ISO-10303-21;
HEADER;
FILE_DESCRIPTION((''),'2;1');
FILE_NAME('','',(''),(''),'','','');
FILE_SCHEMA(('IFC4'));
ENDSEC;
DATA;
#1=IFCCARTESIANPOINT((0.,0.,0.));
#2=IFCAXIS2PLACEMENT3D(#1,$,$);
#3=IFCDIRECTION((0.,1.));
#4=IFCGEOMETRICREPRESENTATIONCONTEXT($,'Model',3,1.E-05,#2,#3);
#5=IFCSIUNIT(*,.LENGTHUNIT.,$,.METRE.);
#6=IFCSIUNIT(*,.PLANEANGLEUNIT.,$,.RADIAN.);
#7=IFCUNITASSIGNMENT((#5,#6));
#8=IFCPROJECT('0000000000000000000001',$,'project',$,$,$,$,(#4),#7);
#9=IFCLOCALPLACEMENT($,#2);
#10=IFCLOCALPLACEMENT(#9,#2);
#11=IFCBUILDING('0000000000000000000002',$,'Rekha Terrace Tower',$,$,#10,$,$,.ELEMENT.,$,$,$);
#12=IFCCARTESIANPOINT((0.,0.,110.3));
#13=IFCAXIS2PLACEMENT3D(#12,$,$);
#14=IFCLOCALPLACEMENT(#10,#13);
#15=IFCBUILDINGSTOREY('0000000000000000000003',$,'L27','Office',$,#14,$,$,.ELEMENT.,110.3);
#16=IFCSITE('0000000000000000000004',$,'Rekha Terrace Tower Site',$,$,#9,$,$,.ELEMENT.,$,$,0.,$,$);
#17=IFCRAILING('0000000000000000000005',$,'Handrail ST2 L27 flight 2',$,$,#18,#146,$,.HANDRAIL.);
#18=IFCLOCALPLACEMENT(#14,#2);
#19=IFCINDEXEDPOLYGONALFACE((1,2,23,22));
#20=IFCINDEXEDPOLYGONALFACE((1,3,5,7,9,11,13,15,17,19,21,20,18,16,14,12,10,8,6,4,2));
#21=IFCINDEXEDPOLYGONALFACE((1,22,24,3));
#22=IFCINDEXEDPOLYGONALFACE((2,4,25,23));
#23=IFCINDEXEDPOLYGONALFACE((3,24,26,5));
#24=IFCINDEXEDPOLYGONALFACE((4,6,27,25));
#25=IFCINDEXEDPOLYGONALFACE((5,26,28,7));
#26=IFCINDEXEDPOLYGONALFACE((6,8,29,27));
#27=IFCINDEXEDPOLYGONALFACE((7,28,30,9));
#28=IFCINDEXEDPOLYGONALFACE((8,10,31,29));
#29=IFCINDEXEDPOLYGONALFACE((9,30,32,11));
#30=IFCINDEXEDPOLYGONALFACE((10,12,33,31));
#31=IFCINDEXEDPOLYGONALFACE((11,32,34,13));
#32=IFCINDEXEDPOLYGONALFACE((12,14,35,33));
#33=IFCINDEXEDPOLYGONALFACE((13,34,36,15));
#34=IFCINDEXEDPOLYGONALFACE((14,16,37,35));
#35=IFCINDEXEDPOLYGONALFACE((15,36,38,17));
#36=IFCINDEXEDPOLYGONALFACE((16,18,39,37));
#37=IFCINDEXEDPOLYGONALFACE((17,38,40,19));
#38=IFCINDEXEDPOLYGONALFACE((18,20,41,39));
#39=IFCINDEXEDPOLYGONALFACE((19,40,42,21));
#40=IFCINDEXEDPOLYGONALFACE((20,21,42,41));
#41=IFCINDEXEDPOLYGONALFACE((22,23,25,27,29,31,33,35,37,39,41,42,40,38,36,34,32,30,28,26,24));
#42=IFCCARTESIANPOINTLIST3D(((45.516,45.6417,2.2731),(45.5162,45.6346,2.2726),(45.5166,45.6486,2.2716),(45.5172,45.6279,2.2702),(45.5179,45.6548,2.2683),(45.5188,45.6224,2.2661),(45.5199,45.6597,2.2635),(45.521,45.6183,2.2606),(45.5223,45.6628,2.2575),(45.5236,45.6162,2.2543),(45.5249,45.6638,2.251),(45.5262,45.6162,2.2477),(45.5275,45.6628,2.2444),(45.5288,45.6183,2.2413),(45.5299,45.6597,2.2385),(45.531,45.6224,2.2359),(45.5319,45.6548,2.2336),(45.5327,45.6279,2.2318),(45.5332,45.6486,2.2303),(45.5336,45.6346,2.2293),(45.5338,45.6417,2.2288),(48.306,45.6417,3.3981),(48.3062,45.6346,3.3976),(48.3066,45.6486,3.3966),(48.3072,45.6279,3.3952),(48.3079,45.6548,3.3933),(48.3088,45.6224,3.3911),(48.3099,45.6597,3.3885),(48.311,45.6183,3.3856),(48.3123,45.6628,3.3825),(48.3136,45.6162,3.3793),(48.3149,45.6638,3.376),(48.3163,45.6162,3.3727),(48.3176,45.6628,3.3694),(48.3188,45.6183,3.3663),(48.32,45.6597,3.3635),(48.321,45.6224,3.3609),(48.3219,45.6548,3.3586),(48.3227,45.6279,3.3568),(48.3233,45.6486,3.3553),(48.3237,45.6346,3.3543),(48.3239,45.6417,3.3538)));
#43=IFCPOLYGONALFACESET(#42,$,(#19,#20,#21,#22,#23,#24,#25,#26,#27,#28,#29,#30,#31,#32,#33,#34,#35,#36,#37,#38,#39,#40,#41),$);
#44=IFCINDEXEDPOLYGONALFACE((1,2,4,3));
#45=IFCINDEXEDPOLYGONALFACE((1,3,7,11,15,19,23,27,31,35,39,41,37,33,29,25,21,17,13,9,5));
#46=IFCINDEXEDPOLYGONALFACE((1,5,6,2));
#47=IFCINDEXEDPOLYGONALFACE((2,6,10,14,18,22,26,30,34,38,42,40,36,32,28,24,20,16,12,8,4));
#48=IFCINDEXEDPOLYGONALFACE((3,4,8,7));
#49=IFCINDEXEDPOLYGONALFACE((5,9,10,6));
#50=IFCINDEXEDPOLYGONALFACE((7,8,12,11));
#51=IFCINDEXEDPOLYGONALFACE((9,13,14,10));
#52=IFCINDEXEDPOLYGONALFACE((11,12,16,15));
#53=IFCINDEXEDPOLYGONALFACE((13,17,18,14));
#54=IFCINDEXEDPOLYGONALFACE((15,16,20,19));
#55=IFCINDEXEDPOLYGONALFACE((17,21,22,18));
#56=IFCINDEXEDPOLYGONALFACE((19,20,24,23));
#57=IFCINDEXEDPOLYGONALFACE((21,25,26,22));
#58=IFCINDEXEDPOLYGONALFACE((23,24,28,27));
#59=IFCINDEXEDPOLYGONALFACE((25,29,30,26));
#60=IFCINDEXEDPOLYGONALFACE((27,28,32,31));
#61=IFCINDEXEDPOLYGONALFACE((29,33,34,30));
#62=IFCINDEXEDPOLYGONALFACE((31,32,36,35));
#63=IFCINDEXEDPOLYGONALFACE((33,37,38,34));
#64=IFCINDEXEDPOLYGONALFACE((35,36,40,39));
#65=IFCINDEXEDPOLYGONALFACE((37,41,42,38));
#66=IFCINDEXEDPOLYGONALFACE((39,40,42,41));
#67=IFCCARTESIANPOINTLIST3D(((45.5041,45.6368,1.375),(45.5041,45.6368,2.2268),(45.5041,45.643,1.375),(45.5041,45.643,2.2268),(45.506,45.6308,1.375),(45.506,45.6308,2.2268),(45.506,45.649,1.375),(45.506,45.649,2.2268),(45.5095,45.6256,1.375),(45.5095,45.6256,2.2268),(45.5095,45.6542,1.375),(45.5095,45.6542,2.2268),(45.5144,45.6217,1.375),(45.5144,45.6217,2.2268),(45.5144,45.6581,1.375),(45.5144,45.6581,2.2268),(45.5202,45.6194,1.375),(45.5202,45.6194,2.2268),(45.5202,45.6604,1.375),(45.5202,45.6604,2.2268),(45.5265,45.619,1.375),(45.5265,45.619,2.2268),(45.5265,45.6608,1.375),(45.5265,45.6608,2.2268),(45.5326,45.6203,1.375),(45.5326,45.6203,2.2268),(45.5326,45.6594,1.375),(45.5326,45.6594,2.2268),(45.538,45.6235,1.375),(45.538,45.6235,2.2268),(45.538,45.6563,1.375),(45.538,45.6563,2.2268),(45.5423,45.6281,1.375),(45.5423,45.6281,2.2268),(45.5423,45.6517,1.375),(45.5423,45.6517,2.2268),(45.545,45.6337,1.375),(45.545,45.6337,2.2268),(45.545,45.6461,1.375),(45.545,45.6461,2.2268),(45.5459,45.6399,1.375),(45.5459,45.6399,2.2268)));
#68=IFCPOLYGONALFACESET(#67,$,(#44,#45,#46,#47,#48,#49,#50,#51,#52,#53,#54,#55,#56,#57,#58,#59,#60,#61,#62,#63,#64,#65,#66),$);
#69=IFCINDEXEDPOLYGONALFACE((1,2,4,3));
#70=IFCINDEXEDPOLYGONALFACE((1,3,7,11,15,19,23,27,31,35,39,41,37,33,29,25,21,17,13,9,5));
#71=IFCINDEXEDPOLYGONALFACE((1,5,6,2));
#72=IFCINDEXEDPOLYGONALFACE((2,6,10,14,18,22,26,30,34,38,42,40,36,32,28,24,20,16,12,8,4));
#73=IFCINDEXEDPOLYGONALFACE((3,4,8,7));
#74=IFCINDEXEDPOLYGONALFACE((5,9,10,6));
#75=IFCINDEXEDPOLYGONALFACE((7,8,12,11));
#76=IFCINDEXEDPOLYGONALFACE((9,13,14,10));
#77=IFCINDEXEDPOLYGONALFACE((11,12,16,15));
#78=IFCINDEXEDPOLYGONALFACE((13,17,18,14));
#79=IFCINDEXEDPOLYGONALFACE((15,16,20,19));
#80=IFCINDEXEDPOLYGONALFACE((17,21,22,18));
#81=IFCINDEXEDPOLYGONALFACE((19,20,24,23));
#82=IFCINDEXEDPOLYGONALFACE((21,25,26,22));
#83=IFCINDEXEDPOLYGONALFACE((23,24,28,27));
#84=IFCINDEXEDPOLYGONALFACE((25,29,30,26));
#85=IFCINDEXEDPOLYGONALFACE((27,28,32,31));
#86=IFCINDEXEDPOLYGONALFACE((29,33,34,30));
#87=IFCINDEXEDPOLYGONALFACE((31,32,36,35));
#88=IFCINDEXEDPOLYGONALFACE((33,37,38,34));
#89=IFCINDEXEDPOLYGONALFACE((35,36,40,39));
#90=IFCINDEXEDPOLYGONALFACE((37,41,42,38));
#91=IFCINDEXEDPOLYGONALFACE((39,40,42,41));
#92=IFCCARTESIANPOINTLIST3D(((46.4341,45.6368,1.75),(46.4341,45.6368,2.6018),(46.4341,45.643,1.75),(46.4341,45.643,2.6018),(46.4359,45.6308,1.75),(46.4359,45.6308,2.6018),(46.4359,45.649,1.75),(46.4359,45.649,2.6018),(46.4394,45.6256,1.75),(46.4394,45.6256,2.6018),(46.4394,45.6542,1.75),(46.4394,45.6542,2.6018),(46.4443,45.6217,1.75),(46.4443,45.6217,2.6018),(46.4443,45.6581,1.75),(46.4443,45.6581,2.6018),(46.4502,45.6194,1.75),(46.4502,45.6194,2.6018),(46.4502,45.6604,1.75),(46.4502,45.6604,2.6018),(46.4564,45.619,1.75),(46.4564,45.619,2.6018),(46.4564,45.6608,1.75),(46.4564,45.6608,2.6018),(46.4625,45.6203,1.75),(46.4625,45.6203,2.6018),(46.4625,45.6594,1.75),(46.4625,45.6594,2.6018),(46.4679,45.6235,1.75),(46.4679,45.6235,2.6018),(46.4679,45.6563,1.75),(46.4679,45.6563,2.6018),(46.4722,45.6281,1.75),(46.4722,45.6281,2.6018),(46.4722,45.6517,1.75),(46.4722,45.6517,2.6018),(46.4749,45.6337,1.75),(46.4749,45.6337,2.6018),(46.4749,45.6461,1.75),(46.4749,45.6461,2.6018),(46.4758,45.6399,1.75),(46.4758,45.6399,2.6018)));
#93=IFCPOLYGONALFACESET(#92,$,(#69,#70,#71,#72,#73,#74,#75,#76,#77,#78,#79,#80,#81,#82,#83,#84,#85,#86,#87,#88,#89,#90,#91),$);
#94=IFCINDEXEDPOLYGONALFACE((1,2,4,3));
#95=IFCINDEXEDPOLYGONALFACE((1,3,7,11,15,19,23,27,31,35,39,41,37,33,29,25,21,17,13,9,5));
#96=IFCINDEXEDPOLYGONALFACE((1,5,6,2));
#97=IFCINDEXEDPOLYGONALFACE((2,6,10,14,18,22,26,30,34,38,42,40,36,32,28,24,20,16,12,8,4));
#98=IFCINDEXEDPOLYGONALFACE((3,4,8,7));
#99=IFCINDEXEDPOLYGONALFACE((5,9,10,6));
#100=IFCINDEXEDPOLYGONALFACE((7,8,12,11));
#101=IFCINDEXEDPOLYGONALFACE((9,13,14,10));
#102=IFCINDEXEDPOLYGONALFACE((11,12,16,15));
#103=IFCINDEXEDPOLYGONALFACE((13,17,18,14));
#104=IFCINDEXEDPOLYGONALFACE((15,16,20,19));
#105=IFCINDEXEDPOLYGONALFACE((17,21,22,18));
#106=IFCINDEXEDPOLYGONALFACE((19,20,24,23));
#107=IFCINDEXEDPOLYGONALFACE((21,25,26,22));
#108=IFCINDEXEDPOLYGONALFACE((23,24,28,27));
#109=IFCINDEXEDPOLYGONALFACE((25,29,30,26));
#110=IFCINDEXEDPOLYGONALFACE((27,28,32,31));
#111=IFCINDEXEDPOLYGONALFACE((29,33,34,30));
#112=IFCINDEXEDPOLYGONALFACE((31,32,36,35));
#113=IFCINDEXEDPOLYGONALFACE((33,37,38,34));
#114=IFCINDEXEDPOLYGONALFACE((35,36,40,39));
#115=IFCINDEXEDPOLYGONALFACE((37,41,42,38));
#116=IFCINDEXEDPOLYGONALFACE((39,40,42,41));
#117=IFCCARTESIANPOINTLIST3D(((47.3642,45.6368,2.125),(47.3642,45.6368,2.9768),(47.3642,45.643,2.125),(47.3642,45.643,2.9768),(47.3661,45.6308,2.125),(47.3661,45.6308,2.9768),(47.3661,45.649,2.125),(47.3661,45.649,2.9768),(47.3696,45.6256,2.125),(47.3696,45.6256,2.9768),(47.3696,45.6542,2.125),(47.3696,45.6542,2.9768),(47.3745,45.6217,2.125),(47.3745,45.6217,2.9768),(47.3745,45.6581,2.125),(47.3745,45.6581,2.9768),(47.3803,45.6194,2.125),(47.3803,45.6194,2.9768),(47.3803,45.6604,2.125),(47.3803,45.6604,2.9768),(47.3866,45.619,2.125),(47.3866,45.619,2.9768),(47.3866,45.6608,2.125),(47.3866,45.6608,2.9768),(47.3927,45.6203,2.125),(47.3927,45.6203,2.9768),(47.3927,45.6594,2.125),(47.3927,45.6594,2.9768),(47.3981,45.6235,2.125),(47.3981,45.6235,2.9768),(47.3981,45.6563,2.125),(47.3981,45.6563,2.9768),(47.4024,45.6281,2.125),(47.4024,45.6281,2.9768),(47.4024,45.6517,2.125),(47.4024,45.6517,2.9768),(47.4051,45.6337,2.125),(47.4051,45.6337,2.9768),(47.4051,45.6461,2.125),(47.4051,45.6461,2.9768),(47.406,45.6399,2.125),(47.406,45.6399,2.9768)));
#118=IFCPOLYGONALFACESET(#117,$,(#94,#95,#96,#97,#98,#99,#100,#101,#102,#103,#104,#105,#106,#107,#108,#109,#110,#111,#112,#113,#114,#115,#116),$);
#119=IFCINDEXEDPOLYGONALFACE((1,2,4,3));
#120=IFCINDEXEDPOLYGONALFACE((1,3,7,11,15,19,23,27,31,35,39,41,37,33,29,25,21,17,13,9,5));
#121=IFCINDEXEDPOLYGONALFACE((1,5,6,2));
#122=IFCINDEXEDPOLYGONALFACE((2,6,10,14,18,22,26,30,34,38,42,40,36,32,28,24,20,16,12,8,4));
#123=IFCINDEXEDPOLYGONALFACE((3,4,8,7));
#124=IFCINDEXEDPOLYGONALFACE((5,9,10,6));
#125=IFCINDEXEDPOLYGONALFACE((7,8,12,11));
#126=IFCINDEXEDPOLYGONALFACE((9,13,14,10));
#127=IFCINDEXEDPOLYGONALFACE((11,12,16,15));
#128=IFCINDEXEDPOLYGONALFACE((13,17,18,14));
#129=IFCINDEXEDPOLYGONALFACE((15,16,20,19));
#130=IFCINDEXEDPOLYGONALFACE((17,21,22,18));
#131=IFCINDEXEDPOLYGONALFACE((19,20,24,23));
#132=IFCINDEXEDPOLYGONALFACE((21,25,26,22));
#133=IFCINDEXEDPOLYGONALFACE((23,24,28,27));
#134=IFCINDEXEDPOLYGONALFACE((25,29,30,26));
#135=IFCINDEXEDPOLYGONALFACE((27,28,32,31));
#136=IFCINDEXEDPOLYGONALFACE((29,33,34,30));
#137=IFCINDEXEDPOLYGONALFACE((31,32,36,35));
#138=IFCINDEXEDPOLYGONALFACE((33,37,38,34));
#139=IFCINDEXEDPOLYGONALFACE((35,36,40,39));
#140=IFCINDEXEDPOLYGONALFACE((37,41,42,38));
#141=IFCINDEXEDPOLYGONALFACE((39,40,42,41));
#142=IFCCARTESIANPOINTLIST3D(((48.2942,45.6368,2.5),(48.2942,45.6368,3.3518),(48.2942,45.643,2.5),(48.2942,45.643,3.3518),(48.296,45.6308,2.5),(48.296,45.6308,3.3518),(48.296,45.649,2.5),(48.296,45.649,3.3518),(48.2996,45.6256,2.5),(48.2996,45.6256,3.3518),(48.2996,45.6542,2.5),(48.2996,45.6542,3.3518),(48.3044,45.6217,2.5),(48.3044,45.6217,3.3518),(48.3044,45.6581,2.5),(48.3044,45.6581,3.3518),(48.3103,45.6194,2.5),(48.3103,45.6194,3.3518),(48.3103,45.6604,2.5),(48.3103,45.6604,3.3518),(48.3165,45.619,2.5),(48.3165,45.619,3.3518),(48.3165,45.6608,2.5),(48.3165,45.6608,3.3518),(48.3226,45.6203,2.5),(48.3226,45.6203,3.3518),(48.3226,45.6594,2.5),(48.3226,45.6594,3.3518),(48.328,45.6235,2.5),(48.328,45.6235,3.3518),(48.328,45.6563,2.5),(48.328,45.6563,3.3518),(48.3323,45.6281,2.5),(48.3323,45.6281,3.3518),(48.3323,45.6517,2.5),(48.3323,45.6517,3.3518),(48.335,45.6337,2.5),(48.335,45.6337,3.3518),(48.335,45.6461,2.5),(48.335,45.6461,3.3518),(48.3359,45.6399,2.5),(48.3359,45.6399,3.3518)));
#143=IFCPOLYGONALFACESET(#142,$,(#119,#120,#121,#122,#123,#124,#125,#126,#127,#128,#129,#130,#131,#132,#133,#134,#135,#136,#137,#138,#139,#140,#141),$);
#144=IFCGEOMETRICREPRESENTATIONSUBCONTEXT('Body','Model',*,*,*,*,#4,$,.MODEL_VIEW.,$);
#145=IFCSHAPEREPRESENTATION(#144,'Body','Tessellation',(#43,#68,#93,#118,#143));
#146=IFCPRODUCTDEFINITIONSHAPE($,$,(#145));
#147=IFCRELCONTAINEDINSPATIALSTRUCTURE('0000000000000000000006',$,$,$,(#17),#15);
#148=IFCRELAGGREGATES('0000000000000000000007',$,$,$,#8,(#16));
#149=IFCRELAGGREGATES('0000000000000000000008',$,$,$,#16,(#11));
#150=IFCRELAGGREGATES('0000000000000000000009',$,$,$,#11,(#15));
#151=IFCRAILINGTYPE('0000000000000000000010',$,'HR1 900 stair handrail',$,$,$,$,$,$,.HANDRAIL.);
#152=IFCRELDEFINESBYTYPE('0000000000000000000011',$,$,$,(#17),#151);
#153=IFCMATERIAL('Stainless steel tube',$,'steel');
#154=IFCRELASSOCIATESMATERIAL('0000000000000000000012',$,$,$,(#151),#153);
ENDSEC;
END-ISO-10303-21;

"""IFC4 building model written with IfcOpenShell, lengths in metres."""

from ifc_helpers import new_model, si_unit, direction, frame, origin, origin_2d, place, context, subcontext, project, spatial, circle, extrude, material, type_object, element, save


model = new_model("IFC4")

# Units and contexts
model_context = context("Model", 3, precision=1e-05, world=origin(), true_north=direction((0.0, 1.0)))
body_context = subcontext(model_context, "Body", "Model", "MODEL_VIEW")
ifc_project = project(units=[si_unit("LENGTHUNIT", "METRE"), si_unit("PLANEANGLEUNIT", "RADIAN")], contexts=[model_context])

# Site, building, storey
site_placement = place(None, origin())
site = spatial("IfcSite", under=ifc_project, at=site_placement, Name="Rekha Terrace Tower Site", CompositionType="ELEMENT", RefElevation=0.0)
building_placement = place(site_placement, origin())
building = spatial("IfcBuilding", under=site, at=building_placement, Name="Rekha Terrace Tower", CompositionType="ELEMENT")
storey_placement = place(building_placement, frame((0.0, 0.0, 110.3)))
storey = spatial("IfcBuildingStorey", under=building, at=storey_placement, Name="L27", Description="Office", CompositionType="ELEMENT", Elevation=110.3)

# Railing
ifc_material_1 = material(Name="Stainless steel tube", Category="steel")
railing_type = type_object("IfcRailingType", Name="HR1 900 stair handrail", PredefinedType="HANDRAIL", material=ifc_material_1)
railing_placement = place(storey_placement, frame((45.5249, 45.6399, 1.375)))
element("IfcRailing", 1, at=railing_placement, inside=storey, type_object=railing_type, Name="Handrail ST2 L27 flight 2", PredefinedType="HANDRAIL", context=body_context, shape_type="SweptSolid", body=[
    extrude(circle(Radius=0.0239, at=origin_2d()), frame((0.0, 0.0, 0.876), z_axis=(0.927443, 0.0, 0.373964), x_axis=(0.0, 1.0, 0.0)), (0.0, 0.0, 1.0), 3.0083),
    extrude(circle(Radius=0.021, at=origin_2d()), origin(), (0.0, 0.0, 1.0), 0.8518),
    extrude(circle(Radius=0.021, at=origin_2d()), frame((0.9299, 0.0, 0.375)), (0.0, 0.0, 1.0), 0.8518),
    extrude(circle(Radius=0.021, at=origin_2d()), frame((1.8601, 0.0, 0.75)), (0.0, 0.0, 1.0), 0.8518),
    extrude(circle(Radius=0.021, at=origin_2d()), frame((2.79, 0.0, 1.125)), (0.0, 0.0, 1.0), 0.8518),
])

save(model, "model.ifc")
